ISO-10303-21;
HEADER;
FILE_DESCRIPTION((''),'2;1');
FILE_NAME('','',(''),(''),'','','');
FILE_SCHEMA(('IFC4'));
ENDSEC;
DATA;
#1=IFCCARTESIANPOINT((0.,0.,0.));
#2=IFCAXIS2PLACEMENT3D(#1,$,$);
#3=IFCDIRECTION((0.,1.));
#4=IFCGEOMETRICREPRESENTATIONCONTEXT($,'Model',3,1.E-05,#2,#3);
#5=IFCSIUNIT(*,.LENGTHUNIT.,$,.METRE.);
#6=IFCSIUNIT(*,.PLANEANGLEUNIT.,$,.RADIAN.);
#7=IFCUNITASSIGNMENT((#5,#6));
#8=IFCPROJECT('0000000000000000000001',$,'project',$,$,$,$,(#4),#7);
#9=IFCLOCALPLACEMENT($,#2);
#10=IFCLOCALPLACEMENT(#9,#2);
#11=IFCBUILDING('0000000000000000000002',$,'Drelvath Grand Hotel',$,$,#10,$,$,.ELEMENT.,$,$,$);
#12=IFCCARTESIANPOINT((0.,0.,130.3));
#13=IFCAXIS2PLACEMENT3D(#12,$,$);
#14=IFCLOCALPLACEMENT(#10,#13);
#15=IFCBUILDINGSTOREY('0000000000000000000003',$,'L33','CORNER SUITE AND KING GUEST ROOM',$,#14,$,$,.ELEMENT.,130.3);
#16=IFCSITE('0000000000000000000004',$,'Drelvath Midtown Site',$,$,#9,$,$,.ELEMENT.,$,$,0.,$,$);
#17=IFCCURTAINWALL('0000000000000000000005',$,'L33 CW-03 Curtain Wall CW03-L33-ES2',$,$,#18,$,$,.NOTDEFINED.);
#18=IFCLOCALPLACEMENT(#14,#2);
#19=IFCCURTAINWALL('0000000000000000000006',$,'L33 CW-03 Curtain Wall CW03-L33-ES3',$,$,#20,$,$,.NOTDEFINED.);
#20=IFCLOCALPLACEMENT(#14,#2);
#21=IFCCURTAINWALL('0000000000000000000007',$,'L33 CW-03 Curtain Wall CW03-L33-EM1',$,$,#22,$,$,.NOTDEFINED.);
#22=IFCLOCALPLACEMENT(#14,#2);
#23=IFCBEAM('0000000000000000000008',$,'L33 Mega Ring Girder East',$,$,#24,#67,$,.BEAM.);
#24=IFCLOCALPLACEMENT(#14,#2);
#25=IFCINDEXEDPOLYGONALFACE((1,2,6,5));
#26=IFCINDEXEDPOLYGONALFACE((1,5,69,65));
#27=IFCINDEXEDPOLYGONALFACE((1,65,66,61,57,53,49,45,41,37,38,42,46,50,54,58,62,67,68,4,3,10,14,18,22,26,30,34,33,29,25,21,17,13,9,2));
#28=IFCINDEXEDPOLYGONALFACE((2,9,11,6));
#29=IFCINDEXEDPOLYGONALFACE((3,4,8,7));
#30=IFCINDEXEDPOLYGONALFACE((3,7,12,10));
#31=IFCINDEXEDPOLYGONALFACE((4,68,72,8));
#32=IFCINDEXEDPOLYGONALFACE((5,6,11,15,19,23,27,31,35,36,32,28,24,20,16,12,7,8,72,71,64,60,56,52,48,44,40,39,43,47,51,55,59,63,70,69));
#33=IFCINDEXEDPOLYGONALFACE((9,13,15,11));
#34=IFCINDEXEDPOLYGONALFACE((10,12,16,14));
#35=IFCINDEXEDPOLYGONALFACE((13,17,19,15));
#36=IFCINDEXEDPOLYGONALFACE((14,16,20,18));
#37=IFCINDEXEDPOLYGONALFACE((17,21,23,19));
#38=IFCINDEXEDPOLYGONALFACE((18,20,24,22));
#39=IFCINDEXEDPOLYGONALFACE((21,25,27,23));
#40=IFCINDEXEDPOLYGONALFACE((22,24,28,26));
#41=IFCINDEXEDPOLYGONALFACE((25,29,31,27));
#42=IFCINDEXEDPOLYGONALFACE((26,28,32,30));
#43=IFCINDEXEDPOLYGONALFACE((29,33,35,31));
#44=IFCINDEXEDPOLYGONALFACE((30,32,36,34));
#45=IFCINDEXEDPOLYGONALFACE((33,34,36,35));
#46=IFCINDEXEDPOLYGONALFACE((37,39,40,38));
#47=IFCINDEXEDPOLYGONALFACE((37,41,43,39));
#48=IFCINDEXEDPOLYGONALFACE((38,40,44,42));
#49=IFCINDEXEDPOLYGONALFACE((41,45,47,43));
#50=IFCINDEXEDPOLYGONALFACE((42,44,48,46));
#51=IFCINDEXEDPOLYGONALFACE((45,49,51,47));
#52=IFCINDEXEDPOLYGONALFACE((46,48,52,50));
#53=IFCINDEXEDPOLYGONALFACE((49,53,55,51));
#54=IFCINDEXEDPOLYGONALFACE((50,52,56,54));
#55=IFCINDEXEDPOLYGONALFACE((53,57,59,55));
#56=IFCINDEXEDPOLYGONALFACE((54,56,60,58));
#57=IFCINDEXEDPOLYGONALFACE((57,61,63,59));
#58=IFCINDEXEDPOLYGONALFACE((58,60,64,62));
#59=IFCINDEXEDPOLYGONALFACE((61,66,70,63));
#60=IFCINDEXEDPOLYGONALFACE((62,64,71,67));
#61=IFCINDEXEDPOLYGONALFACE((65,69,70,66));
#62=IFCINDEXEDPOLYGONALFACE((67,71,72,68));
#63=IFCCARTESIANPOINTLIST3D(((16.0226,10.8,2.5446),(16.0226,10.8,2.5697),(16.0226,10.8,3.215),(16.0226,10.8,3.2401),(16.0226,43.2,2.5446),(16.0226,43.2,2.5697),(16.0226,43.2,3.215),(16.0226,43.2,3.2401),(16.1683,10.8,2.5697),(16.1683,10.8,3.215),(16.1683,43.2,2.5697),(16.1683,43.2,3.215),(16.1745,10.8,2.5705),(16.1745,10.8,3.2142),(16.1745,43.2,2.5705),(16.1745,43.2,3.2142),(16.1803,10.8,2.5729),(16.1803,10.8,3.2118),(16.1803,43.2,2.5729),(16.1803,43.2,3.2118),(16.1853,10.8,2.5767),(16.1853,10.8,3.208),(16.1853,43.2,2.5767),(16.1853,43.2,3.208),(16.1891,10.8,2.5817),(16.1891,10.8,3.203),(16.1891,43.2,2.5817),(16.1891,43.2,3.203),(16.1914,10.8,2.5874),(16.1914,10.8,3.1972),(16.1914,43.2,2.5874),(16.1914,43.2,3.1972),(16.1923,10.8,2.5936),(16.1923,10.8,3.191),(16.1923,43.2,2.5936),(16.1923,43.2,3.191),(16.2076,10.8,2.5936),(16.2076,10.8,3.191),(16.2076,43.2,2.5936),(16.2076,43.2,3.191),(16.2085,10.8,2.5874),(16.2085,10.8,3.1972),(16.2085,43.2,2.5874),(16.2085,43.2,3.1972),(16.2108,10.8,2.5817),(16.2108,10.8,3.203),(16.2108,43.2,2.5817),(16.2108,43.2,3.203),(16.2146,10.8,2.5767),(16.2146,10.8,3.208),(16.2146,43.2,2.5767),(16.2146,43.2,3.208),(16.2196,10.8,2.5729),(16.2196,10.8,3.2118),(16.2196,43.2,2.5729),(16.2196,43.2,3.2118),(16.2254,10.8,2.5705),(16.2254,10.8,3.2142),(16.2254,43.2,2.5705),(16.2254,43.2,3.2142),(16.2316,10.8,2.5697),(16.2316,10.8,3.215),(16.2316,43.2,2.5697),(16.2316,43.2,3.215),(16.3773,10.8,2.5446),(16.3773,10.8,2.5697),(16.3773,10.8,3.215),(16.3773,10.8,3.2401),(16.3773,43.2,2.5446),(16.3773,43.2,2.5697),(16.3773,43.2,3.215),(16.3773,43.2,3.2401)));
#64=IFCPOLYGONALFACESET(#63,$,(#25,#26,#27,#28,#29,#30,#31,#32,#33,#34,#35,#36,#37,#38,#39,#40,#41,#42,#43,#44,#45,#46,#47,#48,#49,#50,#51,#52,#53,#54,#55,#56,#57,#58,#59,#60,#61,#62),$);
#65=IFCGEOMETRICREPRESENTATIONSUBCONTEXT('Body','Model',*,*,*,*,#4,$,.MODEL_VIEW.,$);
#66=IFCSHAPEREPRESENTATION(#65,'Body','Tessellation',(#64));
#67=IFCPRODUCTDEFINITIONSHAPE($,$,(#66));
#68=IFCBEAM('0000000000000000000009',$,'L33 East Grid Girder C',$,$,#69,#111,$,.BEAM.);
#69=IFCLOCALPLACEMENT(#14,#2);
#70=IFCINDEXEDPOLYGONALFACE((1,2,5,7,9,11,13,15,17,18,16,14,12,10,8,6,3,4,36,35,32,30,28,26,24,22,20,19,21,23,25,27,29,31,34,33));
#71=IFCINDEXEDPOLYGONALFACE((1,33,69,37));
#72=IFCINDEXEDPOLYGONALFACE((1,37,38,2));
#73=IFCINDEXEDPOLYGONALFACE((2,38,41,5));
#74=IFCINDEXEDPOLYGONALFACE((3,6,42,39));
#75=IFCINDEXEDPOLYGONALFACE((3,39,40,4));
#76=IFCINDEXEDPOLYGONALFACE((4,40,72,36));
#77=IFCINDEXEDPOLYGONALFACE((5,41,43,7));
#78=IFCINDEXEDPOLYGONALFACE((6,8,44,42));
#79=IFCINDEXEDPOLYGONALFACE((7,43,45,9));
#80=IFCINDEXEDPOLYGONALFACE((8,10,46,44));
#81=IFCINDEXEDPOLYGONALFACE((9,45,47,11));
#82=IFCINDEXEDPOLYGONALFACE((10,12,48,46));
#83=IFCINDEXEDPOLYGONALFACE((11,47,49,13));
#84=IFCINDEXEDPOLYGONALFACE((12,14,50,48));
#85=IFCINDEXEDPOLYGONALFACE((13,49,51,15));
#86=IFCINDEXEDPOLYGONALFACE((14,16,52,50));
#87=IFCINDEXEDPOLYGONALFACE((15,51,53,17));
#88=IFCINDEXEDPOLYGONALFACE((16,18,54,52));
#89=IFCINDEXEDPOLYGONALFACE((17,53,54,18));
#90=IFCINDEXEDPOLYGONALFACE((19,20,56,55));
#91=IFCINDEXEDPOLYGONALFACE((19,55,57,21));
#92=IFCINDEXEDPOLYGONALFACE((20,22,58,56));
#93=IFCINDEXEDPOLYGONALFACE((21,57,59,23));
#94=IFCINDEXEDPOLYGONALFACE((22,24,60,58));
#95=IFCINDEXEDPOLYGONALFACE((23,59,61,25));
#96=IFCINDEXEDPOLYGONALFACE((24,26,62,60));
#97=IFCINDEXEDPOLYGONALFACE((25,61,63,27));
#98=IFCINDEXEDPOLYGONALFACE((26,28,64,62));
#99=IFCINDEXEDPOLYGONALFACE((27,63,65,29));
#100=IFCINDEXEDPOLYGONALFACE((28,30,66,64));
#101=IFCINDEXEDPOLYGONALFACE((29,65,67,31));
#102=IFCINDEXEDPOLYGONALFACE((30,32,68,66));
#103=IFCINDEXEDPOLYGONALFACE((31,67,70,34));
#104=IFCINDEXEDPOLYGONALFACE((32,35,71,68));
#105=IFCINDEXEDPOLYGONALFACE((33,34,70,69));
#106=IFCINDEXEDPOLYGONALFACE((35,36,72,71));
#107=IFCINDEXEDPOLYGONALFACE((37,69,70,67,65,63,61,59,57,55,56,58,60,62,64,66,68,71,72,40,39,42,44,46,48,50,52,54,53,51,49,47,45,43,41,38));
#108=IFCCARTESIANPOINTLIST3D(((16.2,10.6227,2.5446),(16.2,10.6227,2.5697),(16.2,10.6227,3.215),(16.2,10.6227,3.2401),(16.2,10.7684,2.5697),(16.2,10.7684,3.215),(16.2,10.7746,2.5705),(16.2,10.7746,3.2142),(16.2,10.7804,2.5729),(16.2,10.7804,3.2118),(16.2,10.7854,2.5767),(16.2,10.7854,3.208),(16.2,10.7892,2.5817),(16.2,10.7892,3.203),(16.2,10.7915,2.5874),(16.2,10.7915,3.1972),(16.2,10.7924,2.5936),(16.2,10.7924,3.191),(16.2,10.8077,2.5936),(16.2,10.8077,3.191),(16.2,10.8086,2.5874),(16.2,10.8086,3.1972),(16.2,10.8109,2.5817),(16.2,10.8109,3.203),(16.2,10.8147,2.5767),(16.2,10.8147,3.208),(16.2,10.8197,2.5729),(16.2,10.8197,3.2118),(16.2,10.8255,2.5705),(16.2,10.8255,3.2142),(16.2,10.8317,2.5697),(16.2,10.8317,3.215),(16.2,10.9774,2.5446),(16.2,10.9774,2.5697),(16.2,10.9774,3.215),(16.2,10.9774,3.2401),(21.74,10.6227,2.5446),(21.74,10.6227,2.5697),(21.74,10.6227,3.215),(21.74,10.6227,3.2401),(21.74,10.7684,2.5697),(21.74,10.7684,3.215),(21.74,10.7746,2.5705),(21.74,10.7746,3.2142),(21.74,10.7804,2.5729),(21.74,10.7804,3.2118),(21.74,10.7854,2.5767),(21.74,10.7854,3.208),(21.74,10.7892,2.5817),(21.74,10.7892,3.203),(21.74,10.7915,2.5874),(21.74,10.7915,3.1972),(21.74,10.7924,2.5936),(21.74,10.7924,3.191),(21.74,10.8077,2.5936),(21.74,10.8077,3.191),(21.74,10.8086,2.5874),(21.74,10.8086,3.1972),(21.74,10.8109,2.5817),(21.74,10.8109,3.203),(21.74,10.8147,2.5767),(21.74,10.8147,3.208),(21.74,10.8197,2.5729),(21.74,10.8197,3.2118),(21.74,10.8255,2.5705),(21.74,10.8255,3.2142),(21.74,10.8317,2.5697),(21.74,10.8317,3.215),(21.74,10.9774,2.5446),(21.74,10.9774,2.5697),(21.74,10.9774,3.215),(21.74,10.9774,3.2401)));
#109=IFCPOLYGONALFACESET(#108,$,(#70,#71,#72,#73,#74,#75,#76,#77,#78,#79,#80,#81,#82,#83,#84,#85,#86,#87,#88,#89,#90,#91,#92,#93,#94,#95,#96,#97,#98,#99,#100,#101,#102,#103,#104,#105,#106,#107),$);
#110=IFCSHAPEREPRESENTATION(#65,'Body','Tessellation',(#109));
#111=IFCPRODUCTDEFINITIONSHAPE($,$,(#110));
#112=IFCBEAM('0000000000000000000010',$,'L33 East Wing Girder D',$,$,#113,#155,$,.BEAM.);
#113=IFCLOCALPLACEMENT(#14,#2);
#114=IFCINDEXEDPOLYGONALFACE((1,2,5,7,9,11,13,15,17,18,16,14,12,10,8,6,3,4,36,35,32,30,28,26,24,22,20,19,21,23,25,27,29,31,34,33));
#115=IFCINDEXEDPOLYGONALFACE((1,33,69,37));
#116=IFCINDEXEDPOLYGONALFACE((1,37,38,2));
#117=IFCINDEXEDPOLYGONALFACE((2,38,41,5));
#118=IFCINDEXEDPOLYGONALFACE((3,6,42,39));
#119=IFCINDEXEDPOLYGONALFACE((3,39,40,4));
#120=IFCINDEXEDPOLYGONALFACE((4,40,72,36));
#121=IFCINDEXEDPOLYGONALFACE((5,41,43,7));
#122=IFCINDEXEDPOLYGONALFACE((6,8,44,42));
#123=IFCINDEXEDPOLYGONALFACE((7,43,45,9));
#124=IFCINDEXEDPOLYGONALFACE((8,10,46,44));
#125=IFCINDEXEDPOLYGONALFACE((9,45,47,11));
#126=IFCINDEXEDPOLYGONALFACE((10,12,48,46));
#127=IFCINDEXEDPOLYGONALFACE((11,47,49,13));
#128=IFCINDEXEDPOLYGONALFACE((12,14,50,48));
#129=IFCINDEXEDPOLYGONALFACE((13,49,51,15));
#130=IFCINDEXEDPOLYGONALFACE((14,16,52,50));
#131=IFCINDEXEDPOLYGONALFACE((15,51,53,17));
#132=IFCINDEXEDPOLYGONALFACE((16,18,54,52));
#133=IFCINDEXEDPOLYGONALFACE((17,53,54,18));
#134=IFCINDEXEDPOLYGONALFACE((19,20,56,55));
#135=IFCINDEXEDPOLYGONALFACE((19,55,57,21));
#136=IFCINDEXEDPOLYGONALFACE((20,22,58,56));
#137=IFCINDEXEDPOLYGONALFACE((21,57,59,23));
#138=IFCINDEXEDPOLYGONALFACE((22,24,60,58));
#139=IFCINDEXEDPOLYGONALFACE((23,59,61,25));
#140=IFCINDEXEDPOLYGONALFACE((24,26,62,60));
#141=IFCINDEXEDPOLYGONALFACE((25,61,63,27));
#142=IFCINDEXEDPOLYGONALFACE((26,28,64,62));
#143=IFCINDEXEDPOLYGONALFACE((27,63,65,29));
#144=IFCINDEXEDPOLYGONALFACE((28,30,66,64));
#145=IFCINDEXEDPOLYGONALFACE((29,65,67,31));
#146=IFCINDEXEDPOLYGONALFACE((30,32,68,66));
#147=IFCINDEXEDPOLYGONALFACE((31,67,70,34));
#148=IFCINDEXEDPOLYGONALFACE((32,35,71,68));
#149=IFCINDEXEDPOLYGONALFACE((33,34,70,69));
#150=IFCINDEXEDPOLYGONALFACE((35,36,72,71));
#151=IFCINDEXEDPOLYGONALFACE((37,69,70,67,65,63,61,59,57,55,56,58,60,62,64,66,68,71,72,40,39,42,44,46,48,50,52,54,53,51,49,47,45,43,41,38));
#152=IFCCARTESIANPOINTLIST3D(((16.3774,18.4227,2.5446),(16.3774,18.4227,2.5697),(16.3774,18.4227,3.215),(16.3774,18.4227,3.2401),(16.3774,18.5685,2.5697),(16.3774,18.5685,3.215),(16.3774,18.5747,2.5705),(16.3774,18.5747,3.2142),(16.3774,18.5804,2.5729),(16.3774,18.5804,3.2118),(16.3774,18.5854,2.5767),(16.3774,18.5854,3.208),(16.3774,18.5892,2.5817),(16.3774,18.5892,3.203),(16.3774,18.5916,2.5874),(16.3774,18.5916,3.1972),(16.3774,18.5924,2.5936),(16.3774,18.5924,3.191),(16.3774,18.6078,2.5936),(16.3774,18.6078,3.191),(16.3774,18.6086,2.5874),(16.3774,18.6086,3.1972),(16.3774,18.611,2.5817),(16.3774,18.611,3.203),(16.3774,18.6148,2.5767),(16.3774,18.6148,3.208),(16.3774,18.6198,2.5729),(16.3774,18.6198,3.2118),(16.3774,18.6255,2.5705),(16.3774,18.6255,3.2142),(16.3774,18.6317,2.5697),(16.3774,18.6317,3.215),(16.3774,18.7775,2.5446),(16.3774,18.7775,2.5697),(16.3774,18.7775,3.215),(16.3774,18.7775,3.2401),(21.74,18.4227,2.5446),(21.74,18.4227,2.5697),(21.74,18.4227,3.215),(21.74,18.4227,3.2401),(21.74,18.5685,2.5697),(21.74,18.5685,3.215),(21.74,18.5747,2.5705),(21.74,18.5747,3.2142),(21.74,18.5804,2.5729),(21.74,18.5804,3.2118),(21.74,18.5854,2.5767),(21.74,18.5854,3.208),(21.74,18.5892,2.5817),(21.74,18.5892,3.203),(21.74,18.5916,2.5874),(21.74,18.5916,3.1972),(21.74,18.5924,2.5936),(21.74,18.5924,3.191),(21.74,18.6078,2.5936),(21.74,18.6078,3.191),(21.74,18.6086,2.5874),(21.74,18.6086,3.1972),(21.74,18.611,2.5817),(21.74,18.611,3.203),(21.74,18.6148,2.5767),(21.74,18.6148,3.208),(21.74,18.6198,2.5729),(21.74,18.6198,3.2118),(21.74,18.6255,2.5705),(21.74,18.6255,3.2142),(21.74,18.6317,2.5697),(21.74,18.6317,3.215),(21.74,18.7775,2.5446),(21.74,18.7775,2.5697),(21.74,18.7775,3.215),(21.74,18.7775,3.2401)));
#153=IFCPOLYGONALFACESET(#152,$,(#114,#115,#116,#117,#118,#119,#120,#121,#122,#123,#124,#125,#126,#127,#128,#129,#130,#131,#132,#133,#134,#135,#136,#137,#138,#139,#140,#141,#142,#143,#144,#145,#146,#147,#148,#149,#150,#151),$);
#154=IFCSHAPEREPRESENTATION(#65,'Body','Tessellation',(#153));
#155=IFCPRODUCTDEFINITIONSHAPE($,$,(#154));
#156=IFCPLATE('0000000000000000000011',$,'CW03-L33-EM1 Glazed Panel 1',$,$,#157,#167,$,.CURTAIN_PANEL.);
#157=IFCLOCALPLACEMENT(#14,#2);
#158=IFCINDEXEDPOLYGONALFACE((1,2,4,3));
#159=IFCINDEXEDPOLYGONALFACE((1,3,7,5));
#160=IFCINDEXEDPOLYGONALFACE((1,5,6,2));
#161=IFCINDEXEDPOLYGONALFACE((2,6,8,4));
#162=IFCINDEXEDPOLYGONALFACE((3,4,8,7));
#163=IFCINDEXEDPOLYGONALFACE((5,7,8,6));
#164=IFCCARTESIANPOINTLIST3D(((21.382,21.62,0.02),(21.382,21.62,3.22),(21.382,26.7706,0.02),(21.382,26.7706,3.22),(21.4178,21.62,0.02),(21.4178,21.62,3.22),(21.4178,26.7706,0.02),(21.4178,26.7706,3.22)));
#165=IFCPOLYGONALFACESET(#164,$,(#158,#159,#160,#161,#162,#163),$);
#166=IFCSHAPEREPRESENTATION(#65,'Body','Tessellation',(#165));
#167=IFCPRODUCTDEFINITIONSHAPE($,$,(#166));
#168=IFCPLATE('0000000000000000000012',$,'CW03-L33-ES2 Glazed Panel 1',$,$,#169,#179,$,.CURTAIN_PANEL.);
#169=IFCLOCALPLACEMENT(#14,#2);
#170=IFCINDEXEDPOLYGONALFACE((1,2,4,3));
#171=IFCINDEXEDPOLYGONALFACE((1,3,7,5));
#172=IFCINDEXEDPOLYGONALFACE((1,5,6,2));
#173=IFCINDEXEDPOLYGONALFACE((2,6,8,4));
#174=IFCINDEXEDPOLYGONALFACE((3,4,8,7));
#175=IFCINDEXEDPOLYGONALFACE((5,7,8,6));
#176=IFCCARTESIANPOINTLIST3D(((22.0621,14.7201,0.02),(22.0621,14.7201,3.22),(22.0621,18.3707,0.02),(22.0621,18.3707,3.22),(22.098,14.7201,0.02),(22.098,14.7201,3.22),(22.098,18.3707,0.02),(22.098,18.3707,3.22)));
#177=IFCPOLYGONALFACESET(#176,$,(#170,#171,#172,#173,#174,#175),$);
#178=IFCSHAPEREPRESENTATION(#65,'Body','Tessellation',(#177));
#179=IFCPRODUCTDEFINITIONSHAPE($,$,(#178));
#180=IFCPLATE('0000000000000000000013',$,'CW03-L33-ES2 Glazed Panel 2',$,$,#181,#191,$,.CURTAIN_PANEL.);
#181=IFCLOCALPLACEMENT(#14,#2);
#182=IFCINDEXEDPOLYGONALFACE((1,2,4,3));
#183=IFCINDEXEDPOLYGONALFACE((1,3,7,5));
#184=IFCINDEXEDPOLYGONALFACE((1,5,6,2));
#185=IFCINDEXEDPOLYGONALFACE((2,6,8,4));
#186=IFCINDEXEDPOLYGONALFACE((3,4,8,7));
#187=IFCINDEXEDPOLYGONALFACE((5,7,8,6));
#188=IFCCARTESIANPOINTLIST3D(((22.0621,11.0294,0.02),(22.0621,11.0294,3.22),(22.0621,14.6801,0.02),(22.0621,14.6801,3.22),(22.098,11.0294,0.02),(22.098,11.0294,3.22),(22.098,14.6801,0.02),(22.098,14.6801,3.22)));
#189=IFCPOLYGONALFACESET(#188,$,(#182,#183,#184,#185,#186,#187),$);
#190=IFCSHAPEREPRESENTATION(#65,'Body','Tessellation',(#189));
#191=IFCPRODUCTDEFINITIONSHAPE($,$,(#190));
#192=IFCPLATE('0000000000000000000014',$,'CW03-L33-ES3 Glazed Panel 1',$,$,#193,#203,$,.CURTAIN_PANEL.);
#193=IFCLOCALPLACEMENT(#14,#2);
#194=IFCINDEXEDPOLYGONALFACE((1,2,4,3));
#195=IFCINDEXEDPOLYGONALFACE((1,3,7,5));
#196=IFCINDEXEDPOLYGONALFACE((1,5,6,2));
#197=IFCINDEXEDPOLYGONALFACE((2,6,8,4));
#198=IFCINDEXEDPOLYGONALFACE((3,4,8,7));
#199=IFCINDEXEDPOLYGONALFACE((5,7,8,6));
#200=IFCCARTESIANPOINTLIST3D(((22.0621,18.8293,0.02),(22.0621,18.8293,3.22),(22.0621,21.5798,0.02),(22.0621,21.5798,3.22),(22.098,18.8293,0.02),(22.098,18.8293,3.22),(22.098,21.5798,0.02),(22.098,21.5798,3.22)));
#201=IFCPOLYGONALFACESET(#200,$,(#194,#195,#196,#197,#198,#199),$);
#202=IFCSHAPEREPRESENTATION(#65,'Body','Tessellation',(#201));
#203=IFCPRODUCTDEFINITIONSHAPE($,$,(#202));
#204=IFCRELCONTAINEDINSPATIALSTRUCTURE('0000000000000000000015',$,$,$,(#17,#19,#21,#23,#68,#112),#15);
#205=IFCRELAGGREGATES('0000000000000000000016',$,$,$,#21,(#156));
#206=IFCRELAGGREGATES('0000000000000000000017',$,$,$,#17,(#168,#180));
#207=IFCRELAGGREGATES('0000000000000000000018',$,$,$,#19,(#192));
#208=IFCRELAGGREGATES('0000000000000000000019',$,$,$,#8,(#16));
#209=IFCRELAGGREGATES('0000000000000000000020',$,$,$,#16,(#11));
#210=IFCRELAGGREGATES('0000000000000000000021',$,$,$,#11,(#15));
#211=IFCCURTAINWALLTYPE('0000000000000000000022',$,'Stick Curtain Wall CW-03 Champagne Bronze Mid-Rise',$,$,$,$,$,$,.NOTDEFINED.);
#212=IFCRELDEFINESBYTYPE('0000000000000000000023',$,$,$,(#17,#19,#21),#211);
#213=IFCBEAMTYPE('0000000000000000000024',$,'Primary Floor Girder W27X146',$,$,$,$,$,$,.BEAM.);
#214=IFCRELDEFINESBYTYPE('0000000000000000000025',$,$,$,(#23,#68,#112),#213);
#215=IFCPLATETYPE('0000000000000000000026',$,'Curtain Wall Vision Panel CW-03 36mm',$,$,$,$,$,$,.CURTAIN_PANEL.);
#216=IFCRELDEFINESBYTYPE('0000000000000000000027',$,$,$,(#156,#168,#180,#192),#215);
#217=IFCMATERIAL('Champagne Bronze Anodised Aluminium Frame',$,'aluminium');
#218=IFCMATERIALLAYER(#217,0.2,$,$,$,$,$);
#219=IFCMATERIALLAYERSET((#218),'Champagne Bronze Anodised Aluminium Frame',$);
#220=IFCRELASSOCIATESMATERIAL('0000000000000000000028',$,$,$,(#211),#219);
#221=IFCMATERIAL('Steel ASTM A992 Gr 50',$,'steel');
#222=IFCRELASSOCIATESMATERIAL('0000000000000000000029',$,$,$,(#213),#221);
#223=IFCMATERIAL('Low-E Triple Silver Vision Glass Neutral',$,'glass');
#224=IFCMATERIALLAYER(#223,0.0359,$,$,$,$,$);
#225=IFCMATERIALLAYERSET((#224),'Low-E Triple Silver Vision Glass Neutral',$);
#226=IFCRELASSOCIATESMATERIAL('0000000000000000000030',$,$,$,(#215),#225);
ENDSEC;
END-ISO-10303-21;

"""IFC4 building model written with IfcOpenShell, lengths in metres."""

from ifc_helpers import new_model, si_unit, direction, frame, origin, origin_2d, place, context, subcontext, project, spatial, rectangle, i_section, extrude, material, layer, layer_set, material_profile, profile_set, type_object, element, aggregate, save


model = new_model("IFC4")

# Units and contexts
model_context = context("Model", 3, precision=1e-05, world=origin(), true_north=direction((0.0, 1.0)))
body_context = subcontext(model_context, "Body", "Model", "MODEL_VIEW")
ifc_project = project(units=[si_unit("LENGTHUNIT", "METRE"), si_unit("PLANEANGLEUNIT", "RADIAN")], contexts=[model_context])

# Site, building, storey
site_placement = place(None, origin())
site = spatial("IfcSite", under=ifc_project, at=site_placement, Name="Drelvath Midtown Site", CompositionType="ELEMENT", RefElevation=0.0)
building_placement = place(site_placement, origin())
building = spatial("IfcBuilding", under=site, at=building_placement, Name="Drelvath Grand Hotel", CompositionType="ELEMENT")
storey_placement = place(building_placement, frame((0.0, 0.0, 130.3)))
storey = spatial("IfcBuildingStorey", under=building, at=storey_placement, Name="L33", Description="CORNER SUITE AND KING GUEST ROOM", CompositionType="ELEMENT", Elevation=130.3)

# Curtain walls
ifc_material_1 = material(Name="Champagne Bronze Anodised Aluminium Frame", Category="aluminium")
ifc_layer_1 = layer(ifc_material_1, 0.2)
ifc_layer_set_1 = layer_set([ifc_layer_1], Name="Champagne Bronze Anodised Aluminium Frame")
curtain_wall_type = type_object("IfcCurtainWallType", Name="Stick Curtain Wall CW-03 Champagne Bronze Mid-Rise", PredefinedType="NOTDEFINED", material=ifc_layer_set_1)
curtain_wall_1_placement = place(storey_placement, origin())
curtain_wall_1 = element("IfcCurtainWall", 1, at=curtain_wall_1_placement, inside=storey, type_object=curtain_wall_type, Name="L33 CW-03 Curtain Wall CW03-L33-ES2", PredefinedType="NOTDEFINED")
curtain_wall_2_placement = place(storey_placement, origin())
curtain_wall_2 = element("IfcCurtainWall", 2, at=curtain_wall_2_placement, inside=storey, type_object=curtain_wall_type, Name="L33 CW-03 Curtain Wall CW03-L33-ES3", PredefinedType="NOTDEFINED")
curtain_wall_3_placement = place(storey_placement, origin())
curtain_wall_3 = element("IfcCurtainWall", 3, at=curtain_wall_3_placement, inside=storey, type_object=curtain_wall_type, Name="L33 CW-03 Curtain Wall CW03-L33-EM1", PredefinedType="NOTDEFINED")

# Beams
ifc_material_2 = material(Name="Steel ASTM A992 Gr 50", Category="steel")
ifc_material_profile_1 = material_profile(ifc_material_2, i_section(OverallWidth=0.3547, OverallDepth=0.6956, WebThickness=0.0154, FlangeThickness=0.0251, FilletRadius=0.0239, at=origin_2d()), Name="W27X146")
ifc_profile_set_1 = profile_set([ifc_material_profile_1], Name="Steel ASTM A992 Gr 50")
beam_type_1 = type_object("IfcBeamType", Name="Primary Floor Girder W27X146", PredefinedType="BEAM", material=ifc_profile_set_1)
beam_1_placement = place(storey_placement, frame((16.2, 10.8, 2.8923), z_axis=(0.0, 1.0, 0.0), x_axis=(-1.0, 0.0, 0.0)))
element("IfcBeam", 4, at=beam_1_placement, inside=storey, type_object=beam_type_1, Name="L33 Mega Ring Girder East", PredefinedType="BEAM", context=body_context, shape_type="SweptSolid", body=[
    extrude(i_section(OverallWidth=0.3547, OverallDepth=0.6956, WebThickness=0.0154, FlangeThickness=0.0251, FilletRadius=0.0239, at=origin_2d()), origin(), (0.0, 0.0, 1.0), 32.3999),
])
beam_2_placement = place(storey_placement, frame((16.2, 10.8, 2.8923), z_axis=(1.0, 0.0, 0.0), x_axis=(0.0, 1.0, 0.0)))
element("IfcBeam", 5, at=beam_2_placement, inside=storey, type_object=beam_type_1, Name="L33 East Grid Girder C", PredefinedType="BEAM", context=body_context, shape_type="SweptSolid", body=[
    extrude(i_section(OverallWidth=0.3547, OverallDepth=0.6956, WebThickness=0.0154, FlangeThickness=0.0251, FilletRadius=0.0239, at=origin_2d()), origin(), (0.0, 0.0, 1.0), 5.54),
])
beam_3_placement = place(storey_placement, frame((16.3774, 18.6001, 2.8923), z_axis=(1.0, 0.0, 0.0), x_axis=(0.0, 1.0, 0.0)))
element("IfcBeam", 6, at=beam_3_placement, inside=storey, type_object=beam_type_1, Name="L33 East Wing Girder D", PredefinedType="BEAM", context=body_context, shape_type="SweptSolid", body=[
    extrude(i_section(OverallWidth=0.3547, OverallDepth=0.6956, WebThickness=0.0154, FlangeThickness=0.0251, FilletRadius=0.0239, at=origin_2d()), origin(), (0.0, 0.0, 1.0), 5.3625),
])

# Plates
ifc_material_3 = material(Name="Low-E Triple Silver Vision Glass Neutral", Category="glass")
ifc_layer_2 = layer(ifc_material_3, 0.0359)
ifc_layer_set_2 = layer_set([ifc_layer_2], Name="Low-E Triple Silver Vision Glass Neutral")
plate_type = type_object("IfcPlateType", Name="Curtain Wall Vision Panel CW-03 36mm", PredefinedType="CURTAIN_PANEL", material=ifc_layer_set_2)
plate_1_placement = place(storey_placement, frame((21.3999, 24.1953, 0.02), z_axis=(0.0, 0.0, 1.0), x_axis=(0.0, -1.0, 0.0)))
plate_1 = element("IfcPlate", 7, at=plate_1_placement, type_object=plate_type, Name="CW03-L33-EM1 Glazed Panel 1", PredefinedType="CURTAIN_PANEL", context=body_context, shape_type="SweptSolid", body=[
    extrude(rectangle(XDim=5.1506, YDim=0.0359, at=origin_2d()), origin(), (0.0, 0.0, 1.0), 3.2),
])
aggregate(curtain_wall_3, [plate_1])
plate_2_placement = place(storey_placement, frame((22.0801, 16.5454, 0.02), z_axis=(0.0, 0.0, 1.0), x_axis=(0.0, -1.0, 0.0)))
plate_2 = element("IfcPlate", 8, at=plate_2_placement, type_object=plate_type, Name="CW03-L33-ES2 Glazed Panel 1", PredefinedType="CURTAIN_PANEL", context=body_context, shape_type="SweptSolid", body=[
    extrude(rectangle(XDim=3.6506, YDim=0.0359, at=origin_2d()), origin(), (0.0, 0.0, 1.0), 3.2),
])
plate_3_placement = place(storey_placement, frame((22.0801, 12.8547, 0.02), z_axis=(0.0, 0.0, 1.0), x_axis=(0.0, -1.0, 0.0)))
plate_3 = element("IfcPlate", 9, at=plate_3_placement, type_object=plate_type, Name="CW03-L33-ES2 Glazed Panel 2", PredefinedType="CURTAIN_PANEL", context=body_context, shape_type="SweptSolid", body=[
    extrude(rectangle(XDim=3.6506, YDim=0.0359, at=origin_2d()), origin(), (0.0, 0.0, 1.0), 3.2),
])
aggregate(curtain_wall_1, [plate_2, plate_3])
plate_4_placement = place(storey_placement, frame((22.0801, 20.2046, 0.02), z_axis=(0.0, 0.0, 1.0), x_axis=(0.0, -1.0, 0.0)))
plate_4 = element("IfcPlate", 10, at=plate_4_placement, type_object=plate_type, Name="CW03-L33-ES3 Glazed Panel 1", PredefinedType="CURTAIN_PANEL", context=body_context, shape_type="SweptSolid", body=[
    extrude(rectangle(XDim=2.7505, YDim=0.0359, at=origin_2d()), origin(), (0.0, 0.0, 1.0), 3.2),
])
aggregate(curtain_wall_2, [plate_4])

save(model, "model.ifc")
